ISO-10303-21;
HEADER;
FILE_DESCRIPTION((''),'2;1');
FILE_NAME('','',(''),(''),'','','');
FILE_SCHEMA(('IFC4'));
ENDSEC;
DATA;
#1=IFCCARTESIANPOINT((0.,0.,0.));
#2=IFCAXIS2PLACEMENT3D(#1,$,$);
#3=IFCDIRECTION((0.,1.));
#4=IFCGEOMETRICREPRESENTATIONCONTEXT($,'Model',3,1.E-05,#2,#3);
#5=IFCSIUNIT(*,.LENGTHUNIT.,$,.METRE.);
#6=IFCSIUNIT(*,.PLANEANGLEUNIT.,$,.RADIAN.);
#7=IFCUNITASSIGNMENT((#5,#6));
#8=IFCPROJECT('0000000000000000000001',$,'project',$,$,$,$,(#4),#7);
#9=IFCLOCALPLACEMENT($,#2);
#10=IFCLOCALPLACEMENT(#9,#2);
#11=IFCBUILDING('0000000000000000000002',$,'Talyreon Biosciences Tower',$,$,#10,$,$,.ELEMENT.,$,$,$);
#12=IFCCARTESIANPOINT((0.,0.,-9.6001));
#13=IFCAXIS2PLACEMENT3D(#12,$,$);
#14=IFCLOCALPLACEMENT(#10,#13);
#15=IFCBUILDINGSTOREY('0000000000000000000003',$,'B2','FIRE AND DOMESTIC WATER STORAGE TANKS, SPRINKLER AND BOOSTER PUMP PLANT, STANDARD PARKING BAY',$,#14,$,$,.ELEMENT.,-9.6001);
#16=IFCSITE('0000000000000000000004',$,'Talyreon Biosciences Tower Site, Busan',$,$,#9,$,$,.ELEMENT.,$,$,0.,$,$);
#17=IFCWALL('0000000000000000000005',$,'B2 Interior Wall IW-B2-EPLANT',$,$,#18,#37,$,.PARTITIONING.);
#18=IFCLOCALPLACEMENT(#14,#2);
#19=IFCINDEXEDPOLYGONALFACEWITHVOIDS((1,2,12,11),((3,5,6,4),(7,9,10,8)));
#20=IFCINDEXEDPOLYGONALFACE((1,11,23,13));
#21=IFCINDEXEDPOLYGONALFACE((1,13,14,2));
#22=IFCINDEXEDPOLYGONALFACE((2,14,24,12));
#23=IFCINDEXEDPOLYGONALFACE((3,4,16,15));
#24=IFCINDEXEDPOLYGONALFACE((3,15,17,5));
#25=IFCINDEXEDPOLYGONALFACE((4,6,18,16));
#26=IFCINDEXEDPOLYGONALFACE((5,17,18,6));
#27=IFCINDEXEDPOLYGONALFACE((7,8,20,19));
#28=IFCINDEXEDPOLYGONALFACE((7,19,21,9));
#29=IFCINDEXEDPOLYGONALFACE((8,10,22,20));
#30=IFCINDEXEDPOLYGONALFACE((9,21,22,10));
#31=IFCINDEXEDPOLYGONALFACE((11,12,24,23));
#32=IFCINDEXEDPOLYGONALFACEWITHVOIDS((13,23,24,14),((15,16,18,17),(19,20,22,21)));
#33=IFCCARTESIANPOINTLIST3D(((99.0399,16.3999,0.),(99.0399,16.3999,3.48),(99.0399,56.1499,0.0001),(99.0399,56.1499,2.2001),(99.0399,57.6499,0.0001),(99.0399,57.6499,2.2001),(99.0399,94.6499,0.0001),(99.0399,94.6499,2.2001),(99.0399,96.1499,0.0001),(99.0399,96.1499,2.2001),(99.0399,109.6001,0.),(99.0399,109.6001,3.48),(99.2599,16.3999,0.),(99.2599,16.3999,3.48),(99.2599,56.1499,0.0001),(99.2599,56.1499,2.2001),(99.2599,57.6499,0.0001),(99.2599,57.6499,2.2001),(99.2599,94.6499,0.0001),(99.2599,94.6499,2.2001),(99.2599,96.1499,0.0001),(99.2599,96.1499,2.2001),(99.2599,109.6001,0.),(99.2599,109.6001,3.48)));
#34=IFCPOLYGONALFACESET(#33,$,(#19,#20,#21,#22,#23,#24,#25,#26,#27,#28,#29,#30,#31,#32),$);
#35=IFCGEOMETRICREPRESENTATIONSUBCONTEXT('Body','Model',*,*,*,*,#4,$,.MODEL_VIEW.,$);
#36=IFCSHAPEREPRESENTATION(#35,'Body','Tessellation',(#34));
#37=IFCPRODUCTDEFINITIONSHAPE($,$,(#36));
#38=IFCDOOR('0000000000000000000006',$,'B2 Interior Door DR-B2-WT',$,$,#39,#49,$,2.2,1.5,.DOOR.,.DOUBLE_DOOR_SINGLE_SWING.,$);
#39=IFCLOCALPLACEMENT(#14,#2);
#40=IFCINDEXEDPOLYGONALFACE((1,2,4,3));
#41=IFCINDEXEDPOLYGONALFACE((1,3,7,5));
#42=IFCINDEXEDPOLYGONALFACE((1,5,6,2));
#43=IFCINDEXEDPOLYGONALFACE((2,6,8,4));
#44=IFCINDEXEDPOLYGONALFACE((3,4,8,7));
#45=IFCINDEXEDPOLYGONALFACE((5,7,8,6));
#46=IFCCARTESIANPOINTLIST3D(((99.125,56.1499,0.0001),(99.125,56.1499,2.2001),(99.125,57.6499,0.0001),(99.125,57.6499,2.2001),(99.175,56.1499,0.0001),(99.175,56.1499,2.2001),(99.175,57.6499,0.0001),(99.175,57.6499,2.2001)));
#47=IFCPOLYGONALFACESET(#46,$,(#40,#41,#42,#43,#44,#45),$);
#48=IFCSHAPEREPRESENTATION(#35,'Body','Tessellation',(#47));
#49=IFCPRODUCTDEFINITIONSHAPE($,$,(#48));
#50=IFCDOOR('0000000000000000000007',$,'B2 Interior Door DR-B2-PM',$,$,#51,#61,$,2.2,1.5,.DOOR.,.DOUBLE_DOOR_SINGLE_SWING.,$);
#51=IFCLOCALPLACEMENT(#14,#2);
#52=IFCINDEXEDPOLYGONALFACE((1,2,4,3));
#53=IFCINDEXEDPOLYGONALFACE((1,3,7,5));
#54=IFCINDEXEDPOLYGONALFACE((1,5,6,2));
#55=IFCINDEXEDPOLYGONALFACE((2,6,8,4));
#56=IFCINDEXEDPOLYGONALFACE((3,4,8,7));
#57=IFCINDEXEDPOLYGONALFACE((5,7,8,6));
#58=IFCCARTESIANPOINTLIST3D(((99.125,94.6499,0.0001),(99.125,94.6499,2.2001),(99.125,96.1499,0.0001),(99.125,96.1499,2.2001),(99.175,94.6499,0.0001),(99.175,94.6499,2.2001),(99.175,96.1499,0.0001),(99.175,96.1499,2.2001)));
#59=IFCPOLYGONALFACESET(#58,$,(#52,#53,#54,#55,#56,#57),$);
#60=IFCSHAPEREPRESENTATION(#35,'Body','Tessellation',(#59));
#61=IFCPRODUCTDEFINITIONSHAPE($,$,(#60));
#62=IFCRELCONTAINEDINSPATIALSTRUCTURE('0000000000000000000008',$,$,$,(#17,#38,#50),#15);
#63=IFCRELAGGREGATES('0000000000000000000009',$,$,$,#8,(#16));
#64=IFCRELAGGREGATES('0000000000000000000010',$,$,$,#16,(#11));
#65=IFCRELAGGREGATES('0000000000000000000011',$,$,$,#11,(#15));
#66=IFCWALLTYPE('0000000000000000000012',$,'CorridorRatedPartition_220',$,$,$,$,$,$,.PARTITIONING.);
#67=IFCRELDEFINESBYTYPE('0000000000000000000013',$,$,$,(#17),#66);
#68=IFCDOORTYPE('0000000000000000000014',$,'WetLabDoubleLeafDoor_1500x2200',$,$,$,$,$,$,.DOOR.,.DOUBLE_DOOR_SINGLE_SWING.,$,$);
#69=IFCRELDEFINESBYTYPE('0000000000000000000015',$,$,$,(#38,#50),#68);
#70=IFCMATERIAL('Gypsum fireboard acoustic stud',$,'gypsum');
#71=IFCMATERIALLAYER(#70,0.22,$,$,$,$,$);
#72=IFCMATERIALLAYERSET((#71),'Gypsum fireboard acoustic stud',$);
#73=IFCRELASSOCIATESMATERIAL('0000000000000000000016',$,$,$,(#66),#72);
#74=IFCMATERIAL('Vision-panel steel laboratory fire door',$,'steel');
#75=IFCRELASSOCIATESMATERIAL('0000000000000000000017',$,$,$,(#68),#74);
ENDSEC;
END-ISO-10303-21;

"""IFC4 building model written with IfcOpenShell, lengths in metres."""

from ifc_helpers import new_model, si_unit, direction, frame, frame_2d, origin, place, context, subcontext, project, spatial, rectangle, extrude, material, layer, layer_set, type_object, element, fill, save


model = new_model("IFC4")

# Units and contexts
model_context = context("Model", 3, precision=1e-05, world=origin(), true_north=direction((0.0, 1.0)))
body_context = subcontext(model_context, "Body", "Model", "MODEL_VIEW")
ifc_project = project(units=[si_unit("LENGTHUNIT", "METRE"), si_unit("PLANEANGLEUNIT", "RADIAN")], contexts=[model_context])

# Site, building, storey
site_placement = place(None, origin())
site = spatial("IfcSite", under=ifc_project, at=site_placement, Name="Talyreon Biosciences Tower Site, Busan", CompositionType="ELEMENT", RefElevation=0.0)
building_placement = place(site_placement, origin())
building = spatial("IfcBuilding", under=site, at=building_placement, Name="Talyreon Biosciences Tower", CompositionType="ELEMENT")
storey_placement = place(building_placement, frame((0.0, 0.0, -9.6001)))
storey = spatial("IfcBuildingStorey", under=building, at=storey_placement, Name="B2", Description="FIRE AND DOMESTIC WATER STORAGE TANKS, SPRINKLER AND BOOSTER PUMP PLANT, STANDARD PARKING BAY", CompositionType="ELEMENT", Elevation=-9.6001)

# Wall, openings, doors
ifc_material_1 = material(Name="Gypsum fireboard acoustic stud", Category="gypsum")
ifc_layer_1 = layer(ifc_material_1, 0.22)
ifc_layer_set_1 = layer_set([ifc_layer_1], Name="Gypsum fireboard acoustic stud")
wall_type_1 = type_object("IfcWallType", Name="CorridorRatedPartition_220", PredefinedType="PARTITIONING", material=ifc_layer_set_1)
wall_1_placement = place(storey_placement, frame((99.1499, 16.3999, 0.0), z_axis=(0.0, 0.0, 1.0), x_axis=(0.0, 1.0, 0.0)))
wall_1 = element("IfcWall", 1, at=wall_1_placement, inside=storey, type_object=wall_type_1, Name="B2 Interior Wall IW-B2-EPLANT", PredefinedType="PARTITIONING", context=body_context, shape_type="SweptSolid", body=[
    extrude(rectangle(XDim=93.2002, YDim=0.22, at=frame_2d((46.6001, 0.0))), origin(), (0.0, 0.0, 1.0), 3.48),
])
opening_1_placement = place(wall_1_placement, frame((39.75, 0.0, 0.0)))
opening_1 = element("IfcOpeningElement", 2, at=opening_1_placement, cuts=wall_1, PredefinedType="OPENING", context=body_context, shape_type="SweptSolid", body=[
    extrude(rectangle(XDim=1.5, YDim=2.2, at=frame_2d((0.75, 1.1001))), frame((0.0, 0.1199, 0.0), z_axis=(0.0, -1.0, 0.0), x_axis=(1.0, 0.0, 0.0)), (0.0, 0.0, 1.0), 0.24),
])
opening_2_placement = place(wall_1_placement, frame((78.25, 0.0, 0.0)))
opening_2 = element("IfcOpeningElement", 3, at=opening_2_placement, cuts=wall_1, PredefinedType="OPENING", context=body_context, shape_type="SweptSolid", body=[
    extrude(rectangle(XDim=1.5, YDim=2.2, at=frame_2d((0.75, 1.1001))), frame((0.0, 0.1199, 0.0), z_axis=(0.0, -1.0, 0.0), x_axis=(1.0, 0.0, 0.0)), (0.0, 0.0, 1.0), 0.24),
])
ifc_material_2 = material(Name="Vision-panel steel laboratory fire door", Category="steel")
door_type = type_object("IfcDoorType", Name="WetLabDoubleLeafDoor_1500x2200", OperationType="DOUBLE_DOOR_SINGLE_SWING", PredefinedType="DOOR", material=ifc_material_2)
door_1_placement = place(opening_1_placement, origin())
door_1 = element("IfcDoor", 4, at=door_1_placement, inside=storey, type_object=door_type, Name="B2 Interior Door DR-B2-WT", OperationType="DOUBLE_DOOR_SINGLE_SWING", OverallHeight=2.2, OverallWidth=1.5, PredefinedType="DOOR", context=body_context, shape_type="SweptSolid", body=[
    extrude(rectangle(XDim=1.5, YDim=2.2, at=frame_2d((0.75, 1.1001))), frame((0.0, 0.0249, 0.0), z_axis=(0.0, -1.0, 0.0), x_axis=(1.0, 0.0, 0.0)), (0.0, 0.0, 1.0), 0.05),
])
fill(opening_1, door_1)
door_2_placement = place(opening_2_placement, origin())
door_2 = element("IfcDoor", 5, at=door_2_placement, inside=storey, type_object=door_type, Name="B2 Interior Door DR-B2-PM", OperationType="DOUBLE_DOOR_SINGLE_SWING", OverallHeight=2.2, OverallWidth=1.5, PredefinedType="DOOR", context=body_context, shape_type="SweptSolid", body=[
    extrude(rectangle(XDim=1.5, YDim=2.2, at=frame_2d((0.75, 1.1001))), frame((0.0, 0.0249, 0.0), z_axis=(0.0, -1.0, 0.0), x_axis=(1.0, 0.0, 0.0)), (0.0, 0.0, 1.0), 0.05),
])
fill(opening_2, door_2)

save(model, "model.ifc")
